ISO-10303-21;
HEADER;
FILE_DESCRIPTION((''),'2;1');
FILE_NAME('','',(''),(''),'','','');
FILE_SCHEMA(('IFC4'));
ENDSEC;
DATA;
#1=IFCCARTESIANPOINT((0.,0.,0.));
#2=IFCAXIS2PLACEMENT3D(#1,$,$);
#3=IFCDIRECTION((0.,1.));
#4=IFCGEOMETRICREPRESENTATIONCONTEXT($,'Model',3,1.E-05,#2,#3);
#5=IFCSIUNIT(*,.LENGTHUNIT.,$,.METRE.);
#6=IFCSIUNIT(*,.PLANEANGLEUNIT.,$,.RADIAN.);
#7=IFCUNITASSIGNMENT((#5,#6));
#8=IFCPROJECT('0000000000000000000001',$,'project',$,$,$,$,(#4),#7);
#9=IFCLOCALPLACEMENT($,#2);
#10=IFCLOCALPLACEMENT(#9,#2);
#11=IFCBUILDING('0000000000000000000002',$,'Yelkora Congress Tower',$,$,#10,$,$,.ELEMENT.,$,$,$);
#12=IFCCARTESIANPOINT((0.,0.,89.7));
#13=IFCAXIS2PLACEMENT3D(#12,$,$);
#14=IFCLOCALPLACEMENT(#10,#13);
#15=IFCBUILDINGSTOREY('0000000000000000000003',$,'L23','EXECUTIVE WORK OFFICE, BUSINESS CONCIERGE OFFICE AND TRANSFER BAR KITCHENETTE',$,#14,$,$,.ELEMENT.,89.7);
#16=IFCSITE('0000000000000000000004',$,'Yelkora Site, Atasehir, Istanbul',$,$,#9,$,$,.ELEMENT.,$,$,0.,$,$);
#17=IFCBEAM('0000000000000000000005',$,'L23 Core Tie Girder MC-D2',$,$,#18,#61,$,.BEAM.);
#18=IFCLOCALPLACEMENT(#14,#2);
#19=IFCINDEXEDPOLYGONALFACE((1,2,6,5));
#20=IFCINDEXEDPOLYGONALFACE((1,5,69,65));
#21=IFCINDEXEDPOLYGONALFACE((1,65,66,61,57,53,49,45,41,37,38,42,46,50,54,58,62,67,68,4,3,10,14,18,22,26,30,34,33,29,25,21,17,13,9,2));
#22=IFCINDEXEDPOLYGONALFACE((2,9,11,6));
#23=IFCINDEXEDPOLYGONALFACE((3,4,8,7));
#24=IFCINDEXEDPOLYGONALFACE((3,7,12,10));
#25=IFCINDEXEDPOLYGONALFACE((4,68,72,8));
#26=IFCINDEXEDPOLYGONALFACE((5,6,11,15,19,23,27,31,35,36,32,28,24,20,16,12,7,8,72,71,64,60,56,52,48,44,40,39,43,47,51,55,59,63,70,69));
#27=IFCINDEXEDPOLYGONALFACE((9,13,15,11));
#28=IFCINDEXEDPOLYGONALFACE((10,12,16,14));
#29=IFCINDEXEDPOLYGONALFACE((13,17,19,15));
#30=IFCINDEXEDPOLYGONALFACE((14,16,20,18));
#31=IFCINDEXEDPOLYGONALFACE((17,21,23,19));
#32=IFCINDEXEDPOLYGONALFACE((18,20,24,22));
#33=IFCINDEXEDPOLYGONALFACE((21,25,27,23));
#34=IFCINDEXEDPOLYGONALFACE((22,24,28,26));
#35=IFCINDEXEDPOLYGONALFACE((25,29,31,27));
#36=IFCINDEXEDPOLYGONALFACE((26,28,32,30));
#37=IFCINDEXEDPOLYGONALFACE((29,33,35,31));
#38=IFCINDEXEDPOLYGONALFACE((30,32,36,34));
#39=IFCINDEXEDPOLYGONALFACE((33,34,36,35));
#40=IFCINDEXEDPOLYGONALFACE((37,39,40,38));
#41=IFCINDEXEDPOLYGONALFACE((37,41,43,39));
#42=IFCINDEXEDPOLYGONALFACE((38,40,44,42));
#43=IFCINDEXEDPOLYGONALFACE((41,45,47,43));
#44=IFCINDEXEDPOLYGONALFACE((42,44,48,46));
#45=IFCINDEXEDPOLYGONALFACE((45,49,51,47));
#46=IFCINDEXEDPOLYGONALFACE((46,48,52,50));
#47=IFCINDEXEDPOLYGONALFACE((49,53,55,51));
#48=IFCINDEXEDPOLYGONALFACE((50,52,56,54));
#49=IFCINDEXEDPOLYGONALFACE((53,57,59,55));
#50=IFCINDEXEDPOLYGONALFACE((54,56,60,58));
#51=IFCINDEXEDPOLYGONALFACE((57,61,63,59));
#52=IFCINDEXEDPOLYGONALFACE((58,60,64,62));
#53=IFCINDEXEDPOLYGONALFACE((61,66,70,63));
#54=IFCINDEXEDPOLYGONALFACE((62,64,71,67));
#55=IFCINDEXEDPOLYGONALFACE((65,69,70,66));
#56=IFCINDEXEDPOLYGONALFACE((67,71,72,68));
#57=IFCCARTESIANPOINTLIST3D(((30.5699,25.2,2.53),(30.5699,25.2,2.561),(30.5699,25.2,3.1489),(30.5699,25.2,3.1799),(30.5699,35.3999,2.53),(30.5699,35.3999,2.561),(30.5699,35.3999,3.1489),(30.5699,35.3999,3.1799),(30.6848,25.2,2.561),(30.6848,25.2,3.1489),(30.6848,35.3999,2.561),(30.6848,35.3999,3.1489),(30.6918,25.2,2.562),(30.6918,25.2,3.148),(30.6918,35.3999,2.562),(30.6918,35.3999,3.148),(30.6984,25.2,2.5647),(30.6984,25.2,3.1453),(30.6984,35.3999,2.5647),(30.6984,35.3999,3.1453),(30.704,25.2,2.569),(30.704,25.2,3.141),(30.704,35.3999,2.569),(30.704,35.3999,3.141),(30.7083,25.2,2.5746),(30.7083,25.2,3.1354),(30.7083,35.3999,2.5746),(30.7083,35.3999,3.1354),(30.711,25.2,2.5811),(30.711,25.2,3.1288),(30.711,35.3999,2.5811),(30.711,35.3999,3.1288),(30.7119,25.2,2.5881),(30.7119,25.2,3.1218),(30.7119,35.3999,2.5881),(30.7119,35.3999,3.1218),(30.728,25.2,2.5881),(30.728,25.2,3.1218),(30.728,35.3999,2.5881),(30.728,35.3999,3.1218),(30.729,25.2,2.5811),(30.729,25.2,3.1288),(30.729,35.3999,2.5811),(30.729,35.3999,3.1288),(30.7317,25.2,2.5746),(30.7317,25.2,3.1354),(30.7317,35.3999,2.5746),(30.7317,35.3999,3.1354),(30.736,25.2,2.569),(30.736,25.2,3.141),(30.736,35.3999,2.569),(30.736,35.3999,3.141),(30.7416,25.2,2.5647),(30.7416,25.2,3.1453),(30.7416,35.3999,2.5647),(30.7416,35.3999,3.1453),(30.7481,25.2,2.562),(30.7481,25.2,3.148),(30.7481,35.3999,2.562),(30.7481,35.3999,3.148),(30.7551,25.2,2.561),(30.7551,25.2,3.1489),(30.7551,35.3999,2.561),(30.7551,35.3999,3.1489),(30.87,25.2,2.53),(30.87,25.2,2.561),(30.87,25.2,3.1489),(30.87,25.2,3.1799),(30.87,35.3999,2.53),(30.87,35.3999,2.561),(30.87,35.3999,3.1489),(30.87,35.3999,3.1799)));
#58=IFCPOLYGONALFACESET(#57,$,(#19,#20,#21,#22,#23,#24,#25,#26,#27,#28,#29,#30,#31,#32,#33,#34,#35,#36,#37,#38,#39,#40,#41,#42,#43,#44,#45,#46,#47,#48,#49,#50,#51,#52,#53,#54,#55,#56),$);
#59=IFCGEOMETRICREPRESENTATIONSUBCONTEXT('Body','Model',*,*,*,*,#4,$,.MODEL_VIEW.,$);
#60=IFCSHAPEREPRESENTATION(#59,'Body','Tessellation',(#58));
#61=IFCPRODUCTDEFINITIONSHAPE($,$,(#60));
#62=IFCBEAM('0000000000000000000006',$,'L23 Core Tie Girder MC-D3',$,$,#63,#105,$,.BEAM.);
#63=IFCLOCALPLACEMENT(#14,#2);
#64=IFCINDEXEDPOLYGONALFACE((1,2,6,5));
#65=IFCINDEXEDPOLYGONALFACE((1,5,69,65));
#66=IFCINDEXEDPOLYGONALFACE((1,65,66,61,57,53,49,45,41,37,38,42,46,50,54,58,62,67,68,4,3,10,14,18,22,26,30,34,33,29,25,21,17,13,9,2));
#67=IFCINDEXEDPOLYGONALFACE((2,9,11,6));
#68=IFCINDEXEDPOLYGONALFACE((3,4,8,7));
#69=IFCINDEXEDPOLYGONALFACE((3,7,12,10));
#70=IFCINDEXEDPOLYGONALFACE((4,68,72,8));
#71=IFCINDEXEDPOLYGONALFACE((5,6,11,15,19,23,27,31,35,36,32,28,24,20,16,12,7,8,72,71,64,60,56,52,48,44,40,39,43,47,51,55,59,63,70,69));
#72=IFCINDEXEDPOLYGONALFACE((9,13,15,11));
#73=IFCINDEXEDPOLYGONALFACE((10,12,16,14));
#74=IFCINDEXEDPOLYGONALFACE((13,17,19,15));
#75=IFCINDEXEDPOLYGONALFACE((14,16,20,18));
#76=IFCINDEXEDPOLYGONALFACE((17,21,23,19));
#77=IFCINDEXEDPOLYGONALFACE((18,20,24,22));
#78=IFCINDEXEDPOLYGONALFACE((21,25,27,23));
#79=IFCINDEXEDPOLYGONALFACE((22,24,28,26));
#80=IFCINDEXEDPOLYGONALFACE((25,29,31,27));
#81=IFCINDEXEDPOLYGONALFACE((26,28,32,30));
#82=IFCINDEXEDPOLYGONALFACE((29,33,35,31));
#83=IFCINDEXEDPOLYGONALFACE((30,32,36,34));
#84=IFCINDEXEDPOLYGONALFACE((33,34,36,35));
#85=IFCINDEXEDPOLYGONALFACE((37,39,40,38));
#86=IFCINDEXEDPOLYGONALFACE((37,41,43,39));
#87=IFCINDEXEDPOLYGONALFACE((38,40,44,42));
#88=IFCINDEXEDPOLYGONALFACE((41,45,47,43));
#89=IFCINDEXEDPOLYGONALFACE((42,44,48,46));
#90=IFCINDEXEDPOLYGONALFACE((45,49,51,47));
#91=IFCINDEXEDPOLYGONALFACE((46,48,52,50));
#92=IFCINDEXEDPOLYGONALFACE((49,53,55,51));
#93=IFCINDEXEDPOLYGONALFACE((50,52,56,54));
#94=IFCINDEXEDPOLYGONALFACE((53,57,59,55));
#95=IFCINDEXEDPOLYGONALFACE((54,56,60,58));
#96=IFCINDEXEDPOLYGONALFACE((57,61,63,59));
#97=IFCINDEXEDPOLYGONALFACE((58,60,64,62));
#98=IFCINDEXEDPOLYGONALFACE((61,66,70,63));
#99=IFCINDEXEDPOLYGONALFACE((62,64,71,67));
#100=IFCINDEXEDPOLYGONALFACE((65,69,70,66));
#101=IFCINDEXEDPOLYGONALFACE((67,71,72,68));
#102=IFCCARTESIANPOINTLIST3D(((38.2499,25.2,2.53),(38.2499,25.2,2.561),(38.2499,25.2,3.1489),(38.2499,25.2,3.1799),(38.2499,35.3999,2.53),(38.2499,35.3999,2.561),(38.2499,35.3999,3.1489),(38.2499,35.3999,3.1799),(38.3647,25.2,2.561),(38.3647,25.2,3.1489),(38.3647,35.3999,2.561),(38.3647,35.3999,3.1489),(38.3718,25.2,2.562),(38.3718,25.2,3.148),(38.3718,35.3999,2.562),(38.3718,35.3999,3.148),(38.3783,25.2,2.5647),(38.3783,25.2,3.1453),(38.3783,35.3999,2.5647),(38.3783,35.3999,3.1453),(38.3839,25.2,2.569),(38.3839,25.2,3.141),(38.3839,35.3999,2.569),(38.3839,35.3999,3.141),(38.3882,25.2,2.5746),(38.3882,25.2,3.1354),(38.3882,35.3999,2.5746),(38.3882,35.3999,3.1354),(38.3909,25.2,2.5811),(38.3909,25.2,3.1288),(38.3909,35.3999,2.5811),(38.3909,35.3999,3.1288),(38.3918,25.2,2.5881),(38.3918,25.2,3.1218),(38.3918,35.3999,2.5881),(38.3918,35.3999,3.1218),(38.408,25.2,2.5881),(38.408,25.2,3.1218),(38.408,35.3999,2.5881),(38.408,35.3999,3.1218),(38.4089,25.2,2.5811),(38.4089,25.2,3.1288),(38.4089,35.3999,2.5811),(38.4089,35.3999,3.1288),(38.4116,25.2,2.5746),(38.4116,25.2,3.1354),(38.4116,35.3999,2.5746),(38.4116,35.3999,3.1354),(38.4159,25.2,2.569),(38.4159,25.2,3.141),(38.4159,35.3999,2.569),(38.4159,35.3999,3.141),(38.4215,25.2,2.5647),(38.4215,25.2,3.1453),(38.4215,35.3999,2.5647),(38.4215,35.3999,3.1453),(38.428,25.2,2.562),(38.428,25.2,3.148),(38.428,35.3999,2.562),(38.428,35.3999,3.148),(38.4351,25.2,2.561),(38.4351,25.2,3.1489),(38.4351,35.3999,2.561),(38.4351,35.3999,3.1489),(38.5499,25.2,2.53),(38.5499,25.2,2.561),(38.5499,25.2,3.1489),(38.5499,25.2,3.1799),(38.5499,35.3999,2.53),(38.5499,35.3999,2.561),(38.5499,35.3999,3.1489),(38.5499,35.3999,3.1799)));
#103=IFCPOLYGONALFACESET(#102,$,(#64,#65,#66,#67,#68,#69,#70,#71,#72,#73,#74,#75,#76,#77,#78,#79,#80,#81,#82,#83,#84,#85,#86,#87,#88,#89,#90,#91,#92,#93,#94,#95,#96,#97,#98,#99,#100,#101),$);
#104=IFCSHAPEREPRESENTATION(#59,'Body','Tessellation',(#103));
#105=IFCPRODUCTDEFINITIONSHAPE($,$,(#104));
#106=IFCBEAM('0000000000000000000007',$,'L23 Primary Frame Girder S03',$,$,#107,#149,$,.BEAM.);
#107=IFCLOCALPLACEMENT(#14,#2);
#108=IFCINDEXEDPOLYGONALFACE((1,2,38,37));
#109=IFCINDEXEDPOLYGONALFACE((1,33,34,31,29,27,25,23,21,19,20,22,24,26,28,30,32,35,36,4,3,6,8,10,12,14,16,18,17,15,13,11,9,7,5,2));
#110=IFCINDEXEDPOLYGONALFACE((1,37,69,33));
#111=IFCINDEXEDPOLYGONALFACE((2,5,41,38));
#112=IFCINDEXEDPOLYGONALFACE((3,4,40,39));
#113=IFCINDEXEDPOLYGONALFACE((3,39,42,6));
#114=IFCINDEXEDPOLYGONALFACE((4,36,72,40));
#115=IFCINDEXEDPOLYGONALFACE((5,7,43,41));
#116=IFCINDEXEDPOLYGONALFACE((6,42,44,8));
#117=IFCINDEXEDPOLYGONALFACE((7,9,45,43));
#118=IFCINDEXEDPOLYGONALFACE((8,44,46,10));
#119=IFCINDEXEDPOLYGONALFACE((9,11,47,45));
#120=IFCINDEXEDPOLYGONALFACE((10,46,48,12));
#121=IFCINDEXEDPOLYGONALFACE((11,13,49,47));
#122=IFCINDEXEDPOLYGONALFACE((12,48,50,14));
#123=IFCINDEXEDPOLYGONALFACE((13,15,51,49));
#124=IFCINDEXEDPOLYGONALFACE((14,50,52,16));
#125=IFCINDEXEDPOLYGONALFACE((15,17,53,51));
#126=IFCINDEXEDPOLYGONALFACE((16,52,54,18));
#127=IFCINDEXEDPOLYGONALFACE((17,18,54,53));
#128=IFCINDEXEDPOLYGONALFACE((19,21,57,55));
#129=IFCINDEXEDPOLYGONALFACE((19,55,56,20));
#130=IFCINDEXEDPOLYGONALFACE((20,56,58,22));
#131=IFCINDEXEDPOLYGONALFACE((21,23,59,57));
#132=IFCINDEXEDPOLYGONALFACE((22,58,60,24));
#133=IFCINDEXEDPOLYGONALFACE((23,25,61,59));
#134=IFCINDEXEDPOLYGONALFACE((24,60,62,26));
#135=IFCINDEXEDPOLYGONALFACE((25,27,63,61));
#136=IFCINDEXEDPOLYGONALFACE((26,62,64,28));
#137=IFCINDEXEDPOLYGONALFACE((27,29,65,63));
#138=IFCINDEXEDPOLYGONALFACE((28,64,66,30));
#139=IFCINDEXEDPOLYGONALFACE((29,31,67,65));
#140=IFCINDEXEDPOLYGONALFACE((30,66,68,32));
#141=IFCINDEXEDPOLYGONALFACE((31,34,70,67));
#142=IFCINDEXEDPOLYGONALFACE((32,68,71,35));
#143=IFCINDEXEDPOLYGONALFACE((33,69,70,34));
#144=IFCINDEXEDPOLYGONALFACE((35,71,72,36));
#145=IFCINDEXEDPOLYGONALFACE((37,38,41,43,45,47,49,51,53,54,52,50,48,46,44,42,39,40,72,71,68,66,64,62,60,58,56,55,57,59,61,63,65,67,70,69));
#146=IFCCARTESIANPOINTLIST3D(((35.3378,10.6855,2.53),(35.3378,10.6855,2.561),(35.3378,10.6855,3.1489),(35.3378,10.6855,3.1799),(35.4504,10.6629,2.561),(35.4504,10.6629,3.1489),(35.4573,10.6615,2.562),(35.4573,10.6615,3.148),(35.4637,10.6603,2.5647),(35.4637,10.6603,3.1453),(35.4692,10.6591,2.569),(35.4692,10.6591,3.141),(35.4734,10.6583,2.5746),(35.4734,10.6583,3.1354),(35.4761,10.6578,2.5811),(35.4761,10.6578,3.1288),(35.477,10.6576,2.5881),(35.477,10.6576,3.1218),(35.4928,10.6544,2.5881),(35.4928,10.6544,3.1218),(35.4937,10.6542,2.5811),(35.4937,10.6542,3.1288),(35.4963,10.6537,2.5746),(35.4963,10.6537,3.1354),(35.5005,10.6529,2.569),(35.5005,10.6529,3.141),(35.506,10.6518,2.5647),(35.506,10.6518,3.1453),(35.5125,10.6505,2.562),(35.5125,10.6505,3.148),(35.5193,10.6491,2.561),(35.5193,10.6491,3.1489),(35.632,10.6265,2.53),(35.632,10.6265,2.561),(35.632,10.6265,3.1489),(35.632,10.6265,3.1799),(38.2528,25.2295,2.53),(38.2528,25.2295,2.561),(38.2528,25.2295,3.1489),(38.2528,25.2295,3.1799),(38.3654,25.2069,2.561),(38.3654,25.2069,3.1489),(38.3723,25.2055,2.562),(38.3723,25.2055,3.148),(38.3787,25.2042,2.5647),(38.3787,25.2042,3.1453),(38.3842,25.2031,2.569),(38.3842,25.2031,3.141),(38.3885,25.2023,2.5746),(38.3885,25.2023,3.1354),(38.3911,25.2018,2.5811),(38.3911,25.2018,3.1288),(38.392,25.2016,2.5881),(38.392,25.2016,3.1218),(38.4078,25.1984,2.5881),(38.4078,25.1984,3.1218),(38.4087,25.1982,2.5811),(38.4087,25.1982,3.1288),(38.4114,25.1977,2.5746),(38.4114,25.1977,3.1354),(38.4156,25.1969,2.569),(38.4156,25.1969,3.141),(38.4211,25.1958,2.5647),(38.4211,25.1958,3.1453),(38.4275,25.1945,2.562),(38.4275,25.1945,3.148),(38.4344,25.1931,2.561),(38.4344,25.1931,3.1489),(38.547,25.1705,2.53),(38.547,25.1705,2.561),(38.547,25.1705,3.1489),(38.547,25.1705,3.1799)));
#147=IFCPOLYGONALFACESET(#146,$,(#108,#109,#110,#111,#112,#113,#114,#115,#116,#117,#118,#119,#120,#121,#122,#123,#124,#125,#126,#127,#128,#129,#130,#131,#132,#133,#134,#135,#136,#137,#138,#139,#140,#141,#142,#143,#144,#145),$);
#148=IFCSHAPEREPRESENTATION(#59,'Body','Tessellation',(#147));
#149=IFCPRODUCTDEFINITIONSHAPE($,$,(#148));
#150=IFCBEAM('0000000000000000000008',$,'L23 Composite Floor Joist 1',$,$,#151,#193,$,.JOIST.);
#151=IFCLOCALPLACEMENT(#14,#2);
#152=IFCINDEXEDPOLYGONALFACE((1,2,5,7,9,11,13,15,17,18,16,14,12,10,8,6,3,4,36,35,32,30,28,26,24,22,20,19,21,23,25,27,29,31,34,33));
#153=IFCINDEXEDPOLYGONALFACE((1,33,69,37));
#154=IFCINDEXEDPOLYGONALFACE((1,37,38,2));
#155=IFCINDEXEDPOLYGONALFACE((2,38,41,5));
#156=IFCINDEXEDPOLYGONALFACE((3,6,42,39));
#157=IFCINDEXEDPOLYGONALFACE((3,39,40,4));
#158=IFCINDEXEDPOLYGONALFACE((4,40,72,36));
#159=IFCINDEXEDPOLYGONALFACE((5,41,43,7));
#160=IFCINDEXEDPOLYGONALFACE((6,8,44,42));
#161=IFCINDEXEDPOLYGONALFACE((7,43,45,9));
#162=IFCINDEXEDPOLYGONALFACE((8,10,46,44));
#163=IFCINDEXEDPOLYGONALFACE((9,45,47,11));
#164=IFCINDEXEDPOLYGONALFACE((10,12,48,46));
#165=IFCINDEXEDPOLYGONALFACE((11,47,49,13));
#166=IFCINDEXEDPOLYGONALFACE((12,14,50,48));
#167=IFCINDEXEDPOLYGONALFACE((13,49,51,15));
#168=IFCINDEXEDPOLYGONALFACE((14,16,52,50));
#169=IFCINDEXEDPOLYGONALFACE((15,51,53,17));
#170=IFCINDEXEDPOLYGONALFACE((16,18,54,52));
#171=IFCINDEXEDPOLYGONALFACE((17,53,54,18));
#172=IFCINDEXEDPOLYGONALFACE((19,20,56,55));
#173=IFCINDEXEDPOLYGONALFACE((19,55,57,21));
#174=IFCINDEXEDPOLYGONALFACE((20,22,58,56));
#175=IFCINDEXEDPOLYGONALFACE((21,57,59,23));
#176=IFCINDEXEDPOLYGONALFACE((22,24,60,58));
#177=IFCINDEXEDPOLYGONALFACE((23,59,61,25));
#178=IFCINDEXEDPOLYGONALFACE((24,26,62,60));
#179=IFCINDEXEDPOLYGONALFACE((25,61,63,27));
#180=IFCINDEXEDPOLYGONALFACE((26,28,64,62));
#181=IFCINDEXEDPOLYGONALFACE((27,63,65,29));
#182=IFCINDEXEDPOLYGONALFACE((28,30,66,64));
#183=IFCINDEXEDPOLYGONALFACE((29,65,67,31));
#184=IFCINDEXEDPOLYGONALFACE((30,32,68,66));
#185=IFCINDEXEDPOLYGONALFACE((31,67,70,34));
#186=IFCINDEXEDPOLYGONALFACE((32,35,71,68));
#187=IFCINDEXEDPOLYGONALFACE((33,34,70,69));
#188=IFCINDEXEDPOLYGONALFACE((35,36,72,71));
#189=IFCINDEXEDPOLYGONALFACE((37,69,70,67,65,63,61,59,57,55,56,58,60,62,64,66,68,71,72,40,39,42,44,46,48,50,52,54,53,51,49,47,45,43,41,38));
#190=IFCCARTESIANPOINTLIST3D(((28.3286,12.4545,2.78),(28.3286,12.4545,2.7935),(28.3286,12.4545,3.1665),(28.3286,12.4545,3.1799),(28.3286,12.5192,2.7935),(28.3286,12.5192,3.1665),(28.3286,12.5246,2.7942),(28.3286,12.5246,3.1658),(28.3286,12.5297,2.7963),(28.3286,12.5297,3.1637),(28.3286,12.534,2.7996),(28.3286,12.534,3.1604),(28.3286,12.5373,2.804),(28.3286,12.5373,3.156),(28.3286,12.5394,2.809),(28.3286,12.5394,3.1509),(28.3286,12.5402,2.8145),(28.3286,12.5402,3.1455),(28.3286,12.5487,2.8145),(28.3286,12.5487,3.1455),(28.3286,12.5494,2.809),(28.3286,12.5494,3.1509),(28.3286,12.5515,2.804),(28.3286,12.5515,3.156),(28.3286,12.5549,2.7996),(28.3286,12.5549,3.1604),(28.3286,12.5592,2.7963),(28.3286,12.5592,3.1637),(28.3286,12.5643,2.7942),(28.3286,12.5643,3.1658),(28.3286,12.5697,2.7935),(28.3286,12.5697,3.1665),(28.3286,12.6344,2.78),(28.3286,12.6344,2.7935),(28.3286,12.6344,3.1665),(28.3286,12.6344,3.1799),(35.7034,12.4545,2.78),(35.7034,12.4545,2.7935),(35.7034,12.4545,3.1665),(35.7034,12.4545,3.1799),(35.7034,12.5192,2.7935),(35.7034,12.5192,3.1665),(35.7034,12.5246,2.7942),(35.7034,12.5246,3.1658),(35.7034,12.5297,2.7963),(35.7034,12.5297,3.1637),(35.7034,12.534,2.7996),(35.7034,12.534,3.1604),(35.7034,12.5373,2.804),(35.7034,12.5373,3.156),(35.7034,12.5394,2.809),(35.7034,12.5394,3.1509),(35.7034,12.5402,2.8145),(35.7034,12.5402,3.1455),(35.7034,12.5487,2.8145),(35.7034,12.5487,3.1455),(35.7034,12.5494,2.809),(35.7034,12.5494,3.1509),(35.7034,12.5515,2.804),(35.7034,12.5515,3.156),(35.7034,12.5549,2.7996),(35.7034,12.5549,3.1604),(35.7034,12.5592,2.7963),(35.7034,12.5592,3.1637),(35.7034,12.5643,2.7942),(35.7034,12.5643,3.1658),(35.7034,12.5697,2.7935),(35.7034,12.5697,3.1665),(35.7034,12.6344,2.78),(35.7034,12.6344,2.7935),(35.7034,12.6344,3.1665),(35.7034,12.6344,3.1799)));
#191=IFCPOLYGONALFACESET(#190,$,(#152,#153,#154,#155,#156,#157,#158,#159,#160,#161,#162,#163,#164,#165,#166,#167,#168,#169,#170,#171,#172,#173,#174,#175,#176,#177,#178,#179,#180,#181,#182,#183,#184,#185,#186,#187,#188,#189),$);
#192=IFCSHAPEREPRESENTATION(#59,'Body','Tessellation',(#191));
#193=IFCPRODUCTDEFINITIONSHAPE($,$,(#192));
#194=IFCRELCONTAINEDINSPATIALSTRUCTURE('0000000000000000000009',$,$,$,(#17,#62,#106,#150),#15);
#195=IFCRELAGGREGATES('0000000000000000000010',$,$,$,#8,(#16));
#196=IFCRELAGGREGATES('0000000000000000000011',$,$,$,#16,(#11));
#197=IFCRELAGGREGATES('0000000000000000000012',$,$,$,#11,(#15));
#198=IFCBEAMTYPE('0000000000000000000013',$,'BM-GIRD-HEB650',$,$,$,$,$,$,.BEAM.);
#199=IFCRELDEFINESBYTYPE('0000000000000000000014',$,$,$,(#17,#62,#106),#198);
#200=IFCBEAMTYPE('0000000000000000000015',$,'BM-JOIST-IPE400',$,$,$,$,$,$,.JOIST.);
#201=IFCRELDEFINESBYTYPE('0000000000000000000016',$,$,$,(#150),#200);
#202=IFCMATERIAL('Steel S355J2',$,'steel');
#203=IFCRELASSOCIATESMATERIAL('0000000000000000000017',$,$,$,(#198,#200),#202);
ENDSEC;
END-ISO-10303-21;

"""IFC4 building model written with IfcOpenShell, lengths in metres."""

from ifc_helpers import new_model, si_unit, direction, frame, origin, origin_2d, place, context, subcontext, project, spatial, i_section, extrude, material, material_profile, profile_set, type_object, element, save


model = new_model("IFC4")

# Units and contexts
model_context = context("Model", 3, precision=1e-05, world=origin(), true_north=direction((0.0, 1.0)))
body_context = subcontext(model_context, "Body", "Model", "MODEL_VIEW")
ifc_project = project(units=[si_unit("LENGTHUNIT", "METRE"), si_unit("PLANEANGLEUNIT", "RADIAN")], contexts=[model_context])

# Site, building, storey
site_placement = place(None, origin())
site = spatial("IfcSite", under=ifc_project, at=site_placement, Name="Yelkora Site, Atasehir, Istanbul", CompositionType="ELEMENT", RefElevation=0.0)
building_placement = place(site_placement, origin())
building = spatial("IfcBuilding", under=site, at=building_placement, Name="Yelkora Congress Tower", CompositionType="ELEMENT")
storey_placement = place(building_placement, frame((0.0, 0.0, 89.7)))
storey = spatial("IfcBuildingStorey", under=building, at=storey_placement, Name="L23", Description="EXECUTIVE WORK OFFICE, BUSINESS CONCIERGE OFFICE AND TRANSFER BAR KITCHENETTE", CompositionType="ELEMENT", Elevation=89.7)

# Beams
ifc_material_1 = material(Name="Steel S355J2", Category="steel")
ifc_material_profile_1 = material_profile(ifc_material_1, i_section(OverallWidth=0.3, OverallDepth=0.6499, WebThickness=0.0161, FlangeThickness=0.031, FilletRadius=0.0271, at=origin_2d()), Name="HEB 650")
ifc_profile_set_1 = profile_set([ifc_material_profile_1], Name="Steel S355J2")
beam_type_1 = type_object("IfcBeamType", Name="BM-GIRD-HEB650", PredefinedType="BEAM", material=ifc_profile_set_1)
for number, where, z_axis, x_axis, name in (
    (1, (30.72, 25.2, 2.855), (0.0, 1.0, 0.0), (-1.0, 0.0, 0.0), "L23 Core Tie Girder MC-D2"),
    (2, (38.3999, 25.2, 2.855), (0.0, 1.0, 0.0), (-1.0, 0.0, 0.0), "L23 Core Tie Girder MC-D3"),
):
    element("IfcBeam", number, at=place(storey_placement, frame(where, z_axis=z_axis, x_axis=x_axis)), inside=storey, type_object=beam_type_1, Name=name, PredefinedType="BEAM", context=body_context, shape_type="SweptSolid", body=[
        extrude(i_section(OverallWidth=0.3, OverallDepth=0.6499, WebThickness=0.0161, FlangeThickness=0.031, FilletRadius=0.0271, at=origin_2d()), origin(), (0.0, 0.0, 1.0), 10.2),
    ])
beam_1_placement = place(storey_placement, frame((35.4849, 10.656, 2.855), z_axis=(0.196521, 0.9805, 0.0), x_axis=(-0.9805, 0.196521, 0.0)))
element("IfcBeam", 3, at=beam_1_placement, inside=storey, type_object=beam_type_1, Name="L23 Primary Frame Girder S03", PredefinedType="BEAM", context=body_context, shape_type="SweptSolid", body=[
    extrude(i_section(OverallWidth=0.3, OverallDepth=0.6499, WebThickness=0.0161, FlangeThickness=0.031, FilletRadius=0.0271, at=origin_2d()), origin(), (0.0, 0.0, 1.0), 14.8333),
])
ifc_material_profile_2 = material_profile(ifc_material_1, i_section(OverallWidth=0.1799, OverallDepth=0.3999, WebThickness=0.0085, FlangeThickness=0.0134, FilletRadius=0.021, at=origin_2d()), Name="IPE 400")
ifc_profile_set_2 = profile_set([ifc_material_profile_2], Name="Steel S355J2")
beam_type_2 = type_object("IfcBeamType", Name="BM-JOIST-IPE400", PredefinedType="JOIST", material=ifc_profile_set_2)
beam_2_placement = place(storey_placement, frame((28.3286, 12.5444, 2.98), z_axis=(1.0, 0.0, 0.0), x_axis=(0.0, 1.0, 0.0)))
element("IfcBeam", 4, at=beam_2_placement, inside=storey, type_object=beam_type_2, Name="L23 Composite Floor Joist 1", PredefinedType="JOIST", context=body_context, shape_type="SweptSolid", body=[
    extrude(i_section(OverallWidth=0.1799, OverallDepth=0.3999, WebThickness=0.0085, FlangeThickness=0.0134, FilletRadius=0.021, at=origin_2d()), origin(), (0.0, 0.0, 1.0), 7.3748),
])

save(model, "model.ifc")
